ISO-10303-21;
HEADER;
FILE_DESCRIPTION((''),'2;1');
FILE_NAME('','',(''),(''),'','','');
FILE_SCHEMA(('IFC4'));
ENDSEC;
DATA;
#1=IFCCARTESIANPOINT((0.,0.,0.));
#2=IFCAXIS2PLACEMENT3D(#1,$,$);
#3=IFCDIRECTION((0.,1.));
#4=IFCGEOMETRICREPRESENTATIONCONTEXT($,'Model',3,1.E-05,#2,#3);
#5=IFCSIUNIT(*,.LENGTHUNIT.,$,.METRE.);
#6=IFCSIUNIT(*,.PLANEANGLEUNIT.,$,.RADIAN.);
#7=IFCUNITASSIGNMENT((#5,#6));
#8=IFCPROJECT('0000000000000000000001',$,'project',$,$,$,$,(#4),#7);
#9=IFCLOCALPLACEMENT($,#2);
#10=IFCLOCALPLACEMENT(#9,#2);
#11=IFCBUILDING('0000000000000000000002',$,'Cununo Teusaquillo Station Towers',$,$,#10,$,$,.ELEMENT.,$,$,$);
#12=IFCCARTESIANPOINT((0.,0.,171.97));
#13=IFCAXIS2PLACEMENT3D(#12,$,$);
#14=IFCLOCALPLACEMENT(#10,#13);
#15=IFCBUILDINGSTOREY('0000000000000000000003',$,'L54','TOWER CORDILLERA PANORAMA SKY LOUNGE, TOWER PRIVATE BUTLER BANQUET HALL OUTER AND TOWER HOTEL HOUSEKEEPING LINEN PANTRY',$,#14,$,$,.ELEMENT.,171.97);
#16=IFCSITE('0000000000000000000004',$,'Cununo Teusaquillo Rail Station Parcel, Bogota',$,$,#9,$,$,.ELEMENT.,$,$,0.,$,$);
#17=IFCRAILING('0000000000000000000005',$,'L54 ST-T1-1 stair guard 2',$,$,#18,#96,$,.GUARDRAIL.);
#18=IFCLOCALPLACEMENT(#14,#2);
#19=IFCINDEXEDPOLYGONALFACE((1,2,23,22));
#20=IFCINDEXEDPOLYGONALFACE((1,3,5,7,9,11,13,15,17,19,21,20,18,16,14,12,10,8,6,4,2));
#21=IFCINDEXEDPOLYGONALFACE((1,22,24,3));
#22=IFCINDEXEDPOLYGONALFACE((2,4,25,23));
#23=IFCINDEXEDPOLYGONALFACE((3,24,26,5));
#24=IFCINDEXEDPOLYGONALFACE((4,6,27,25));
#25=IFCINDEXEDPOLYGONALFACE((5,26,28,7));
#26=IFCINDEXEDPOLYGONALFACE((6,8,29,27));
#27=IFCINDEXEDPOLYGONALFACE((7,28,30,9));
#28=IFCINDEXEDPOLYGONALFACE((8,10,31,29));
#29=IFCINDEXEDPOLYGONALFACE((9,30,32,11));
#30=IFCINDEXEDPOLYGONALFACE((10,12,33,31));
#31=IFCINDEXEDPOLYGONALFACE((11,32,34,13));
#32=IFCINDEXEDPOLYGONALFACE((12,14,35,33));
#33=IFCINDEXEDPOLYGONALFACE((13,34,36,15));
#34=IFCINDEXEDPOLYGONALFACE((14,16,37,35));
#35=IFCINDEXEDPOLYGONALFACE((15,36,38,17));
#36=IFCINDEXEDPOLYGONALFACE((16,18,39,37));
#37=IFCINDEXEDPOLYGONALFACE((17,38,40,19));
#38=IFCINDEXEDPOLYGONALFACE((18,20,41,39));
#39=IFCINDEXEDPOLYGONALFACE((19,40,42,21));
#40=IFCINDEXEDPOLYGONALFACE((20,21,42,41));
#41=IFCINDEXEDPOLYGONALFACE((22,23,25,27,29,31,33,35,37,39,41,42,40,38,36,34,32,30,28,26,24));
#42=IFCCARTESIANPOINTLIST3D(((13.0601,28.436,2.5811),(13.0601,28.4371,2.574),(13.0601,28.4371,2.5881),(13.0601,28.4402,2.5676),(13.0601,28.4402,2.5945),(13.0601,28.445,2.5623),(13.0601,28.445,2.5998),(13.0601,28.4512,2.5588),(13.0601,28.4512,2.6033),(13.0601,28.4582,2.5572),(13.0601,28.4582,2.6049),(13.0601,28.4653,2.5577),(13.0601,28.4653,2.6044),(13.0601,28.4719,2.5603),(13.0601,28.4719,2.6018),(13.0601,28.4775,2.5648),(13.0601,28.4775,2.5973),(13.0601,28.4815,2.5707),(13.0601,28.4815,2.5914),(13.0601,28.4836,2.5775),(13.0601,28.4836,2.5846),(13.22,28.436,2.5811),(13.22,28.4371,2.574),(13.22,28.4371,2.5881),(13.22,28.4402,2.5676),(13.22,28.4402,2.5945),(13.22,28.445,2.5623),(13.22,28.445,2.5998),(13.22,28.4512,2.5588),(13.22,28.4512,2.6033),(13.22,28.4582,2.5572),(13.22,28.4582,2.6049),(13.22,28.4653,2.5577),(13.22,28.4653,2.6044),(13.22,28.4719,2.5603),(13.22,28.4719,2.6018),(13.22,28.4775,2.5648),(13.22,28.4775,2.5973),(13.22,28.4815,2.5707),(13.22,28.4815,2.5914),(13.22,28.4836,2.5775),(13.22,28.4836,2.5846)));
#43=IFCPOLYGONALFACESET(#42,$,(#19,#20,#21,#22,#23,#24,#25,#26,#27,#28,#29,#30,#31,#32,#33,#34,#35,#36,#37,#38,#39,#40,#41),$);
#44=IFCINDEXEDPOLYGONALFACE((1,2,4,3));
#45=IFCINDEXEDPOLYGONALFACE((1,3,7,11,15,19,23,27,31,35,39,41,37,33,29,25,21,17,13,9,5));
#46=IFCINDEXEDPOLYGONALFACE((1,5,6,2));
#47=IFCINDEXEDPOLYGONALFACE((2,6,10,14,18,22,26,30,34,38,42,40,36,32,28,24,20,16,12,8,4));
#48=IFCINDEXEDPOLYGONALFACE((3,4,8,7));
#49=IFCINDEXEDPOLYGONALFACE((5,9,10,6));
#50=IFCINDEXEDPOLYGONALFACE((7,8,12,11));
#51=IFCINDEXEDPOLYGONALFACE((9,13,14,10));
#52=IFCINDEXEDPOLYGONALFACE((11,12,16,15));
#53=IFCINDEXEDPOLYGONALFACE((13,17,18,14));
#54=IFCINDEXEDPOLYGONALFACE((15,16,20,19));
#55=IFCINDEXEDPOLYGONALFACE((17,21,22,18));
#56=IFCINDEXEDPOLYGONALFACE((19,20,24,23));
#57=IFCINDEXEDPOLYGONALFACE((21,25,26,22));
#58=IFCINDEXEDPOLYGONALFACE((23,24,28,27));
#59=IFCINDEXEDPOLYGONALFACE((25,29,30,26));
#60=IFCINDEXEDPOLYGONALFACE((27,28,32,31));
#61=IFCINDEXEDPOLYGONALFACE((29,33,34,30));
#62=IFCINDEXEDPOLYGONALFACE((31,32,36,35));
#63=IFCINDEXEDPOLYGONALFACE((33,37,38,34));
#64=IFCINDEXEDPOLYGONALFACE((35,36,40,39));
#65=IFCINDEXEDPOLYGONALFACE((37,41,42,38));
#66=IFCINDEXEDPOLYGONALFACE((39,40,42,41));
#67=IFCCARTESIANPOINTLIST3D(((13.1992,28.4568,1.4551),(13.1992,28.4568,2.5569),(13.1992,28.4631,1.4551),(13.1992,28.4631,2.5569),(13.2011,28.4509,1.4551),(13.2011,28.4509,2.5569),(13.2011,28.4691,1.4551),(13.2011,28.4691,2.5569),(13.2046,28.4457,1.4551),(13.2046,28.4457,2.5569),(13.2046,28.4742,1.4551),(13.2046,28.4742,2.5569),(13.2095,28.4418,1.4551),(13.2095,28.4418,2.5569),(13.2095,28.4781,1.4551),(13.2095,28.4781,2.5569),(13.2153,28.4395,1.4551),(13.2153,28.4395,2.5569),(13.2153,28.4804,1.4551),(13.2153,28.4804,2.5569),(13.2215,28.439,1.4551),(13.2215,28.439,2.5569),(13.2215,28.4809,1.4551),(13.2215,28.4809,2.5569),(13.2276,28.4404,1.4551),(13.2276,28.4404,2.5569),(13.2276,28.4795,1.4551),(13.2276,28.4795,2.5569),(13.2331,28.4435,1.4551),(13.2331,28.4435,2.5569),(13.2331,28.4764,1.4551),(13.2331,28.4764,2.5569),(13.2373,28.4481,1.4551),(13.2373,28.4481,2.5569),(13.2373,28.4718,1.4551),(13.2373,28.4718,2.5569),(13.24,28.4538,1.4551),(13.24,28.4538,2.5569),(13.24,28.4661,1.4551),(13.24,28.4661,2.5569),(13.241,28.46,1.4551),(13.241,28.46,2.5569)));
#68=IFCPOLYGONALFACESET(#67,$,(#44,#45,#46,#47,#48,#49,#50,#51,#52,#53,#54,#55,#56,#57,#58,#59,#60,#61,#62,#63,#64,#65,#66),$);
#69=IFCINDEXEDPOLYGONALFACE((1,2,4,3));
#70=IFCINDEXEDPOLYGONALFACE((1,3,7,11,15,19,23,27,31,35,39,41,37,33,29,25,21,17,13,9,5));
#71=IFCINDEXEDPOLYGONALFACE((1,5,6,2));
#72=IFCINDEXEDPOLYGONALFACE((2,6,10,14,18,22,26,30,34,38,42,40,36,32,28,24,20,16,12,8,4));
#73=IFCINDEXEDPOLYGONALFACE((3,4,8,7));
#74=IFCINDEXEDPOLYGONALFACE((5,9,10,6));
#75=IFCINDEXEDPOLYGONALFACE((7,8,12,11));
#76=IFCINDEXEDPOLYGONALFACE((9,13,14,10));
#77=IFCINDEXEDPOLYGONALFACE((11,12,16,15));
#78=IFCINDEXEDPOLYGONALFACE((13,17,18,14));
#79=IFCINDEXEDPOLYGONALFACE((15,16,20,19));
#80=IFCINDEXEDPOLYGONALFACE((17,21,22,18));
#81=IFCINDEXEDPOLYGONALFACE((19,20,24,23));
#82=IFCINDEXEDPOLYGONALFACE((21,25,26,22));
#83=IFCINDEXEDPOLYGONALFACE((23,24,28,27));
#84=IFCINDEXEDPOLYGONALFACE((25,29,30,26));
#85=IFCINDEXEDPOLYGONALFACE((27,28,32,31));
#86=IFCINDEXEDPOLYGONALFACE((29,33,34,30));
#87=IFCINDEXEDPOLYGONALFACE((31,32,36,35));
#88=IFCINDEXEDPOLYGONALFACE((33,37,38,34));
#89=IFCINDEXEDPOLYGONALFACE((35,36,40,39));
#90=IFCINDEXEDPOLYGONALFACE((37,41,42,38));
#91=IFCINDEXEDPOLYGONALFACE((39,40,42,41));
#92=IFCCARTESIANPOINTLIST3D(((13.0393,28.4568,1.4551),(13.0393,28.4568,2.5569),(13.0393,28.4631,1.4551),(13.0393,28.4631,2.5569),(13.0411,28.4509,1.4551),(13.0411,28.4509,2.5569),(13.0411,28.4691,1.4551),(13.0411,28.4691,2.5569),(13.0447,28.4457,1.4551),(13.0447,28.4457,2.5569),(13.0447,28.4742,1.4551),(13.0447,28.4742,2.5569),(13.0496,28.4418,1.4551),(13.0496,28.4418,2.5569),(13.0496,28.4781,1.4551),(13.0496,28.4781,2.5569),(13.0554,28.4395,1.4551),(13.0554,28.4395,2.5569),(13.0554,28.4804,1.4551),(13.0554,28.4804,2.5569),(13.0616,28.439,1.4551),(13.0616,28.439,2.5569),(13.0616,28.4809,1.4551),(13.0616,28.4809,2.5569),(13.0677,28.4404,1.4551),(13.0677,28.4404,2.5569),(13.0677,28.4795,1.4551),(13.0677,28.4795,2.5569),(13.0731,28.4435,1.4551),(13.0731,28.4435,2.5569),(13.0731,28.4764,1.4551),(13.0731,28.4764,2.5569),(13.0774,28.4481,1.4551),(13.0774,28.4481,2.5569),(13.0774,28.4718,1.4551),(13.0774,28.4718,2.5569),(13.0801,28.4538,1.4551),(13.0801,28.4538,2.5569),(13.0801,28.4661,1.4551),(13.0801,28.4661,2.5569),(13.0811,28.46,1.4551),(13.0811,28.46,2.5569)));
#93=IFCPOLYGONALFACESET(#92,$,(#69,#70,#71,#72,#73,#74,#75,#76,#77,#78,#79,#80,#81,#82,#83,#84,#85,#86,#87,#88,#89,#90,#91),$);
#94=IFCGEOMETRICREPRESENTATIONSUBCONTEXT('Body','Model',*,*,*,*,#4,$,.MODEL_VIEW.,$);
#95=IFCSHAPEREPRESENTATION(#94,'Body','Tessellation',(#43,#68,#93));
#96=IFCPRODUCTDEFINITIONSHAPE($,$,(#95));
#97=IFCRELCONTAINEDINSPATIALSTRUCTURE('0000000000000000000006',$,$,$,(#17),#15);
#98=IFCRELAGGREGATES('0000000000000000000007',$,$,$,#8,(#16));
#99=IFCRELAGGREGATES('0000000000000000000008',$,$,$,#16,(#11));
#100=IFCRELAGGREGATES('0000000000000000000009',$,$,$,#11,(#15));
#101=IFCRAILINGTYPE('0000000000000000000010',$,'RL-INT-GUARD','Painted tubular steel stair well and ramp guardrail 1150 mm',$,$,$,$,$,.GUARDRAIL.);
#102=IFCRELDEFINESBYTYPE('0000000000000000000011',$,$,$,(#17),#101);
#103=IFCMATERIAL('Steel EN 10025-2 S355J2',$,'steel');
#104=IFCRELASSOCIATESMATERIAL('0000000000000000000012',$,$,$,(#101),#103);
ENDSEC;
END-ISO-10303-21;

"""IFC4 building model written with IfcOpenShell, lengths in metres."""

from ifc_helpers import new_model, si_unit, direction, frame, origin, origin_2d, place, context, subcontext, project, spatial, circle, extrude, material, type_object, element, save


model = new_model("IFC4")

# Units and contexts
model_context = context("Model", 3, precision=1e-05, world=origin(), true_north=direction((0.0, 1.0)))
body_context = subcontext(model_context, "Body", "Model", "MODEL_VIEW")
ifc_project = project(units=[si_unit("LENGTHUNIT", "METRE"), si_unit("PLANEANGLEUNIT", "RADIAN")], contexts=[model_context])

# Site, building, storey
site_placement = place(None, origin())
site = spatial("IfcSite", under=ifc_project, at=site_placement, Name="Cununo Teusaquillo Rail Station Parcel, Bogota", CompositionType="ELEMENT", RefElevation=0.0)
building_placement = place(site_placement, origin())
building = spatial("IfcBuilding", under=site, at=building_placement, Name="Cununo Teusaquillo Station Towers", CompositionType="ELEMENT")
storey_placement = place(building_placement, frame((0.0, 0.0, 171.97)))
storey = spatial("IfcBuildingStorey", under=building, at=storey_placement, Name="L54", Description="TOWER CORDILLERA PANORAMA SKY LOUNGE, TOWER PRIVATE BUTLER BANQUET HALL OUTER AND TOWER HOTEL HOUSEKEEPING LINEN PANTRY", CompositionType="ELEMENT", Elevation=171.97)

# Railing
ifc_material_1 = material(Name="Steel EN 10025-2 S355J2", Category="steel")
railing_type_1 = type_object("IfcRailingType", Name="RL-INT-GUARD", Description="Painted tubular steel stair well and ramp guardrail 1150 mm", PredefinedType="GUARDRAIL", material=ifc_material_1)
railing_1_placement = place(storey_placement, frame((13.22, 28.46, 1.4551)))
element("IfcRailing", 1, at=railing_1_placement, inside=storey, type_object=railing_type_1, Name="L54 ST-T1-1 stair guard 2", PredefinedType="GUARDRAIL", context=body_context, shape_type="SweptSolid", body=[
    extrude(circle(Radius=0.0239, at=origin_2d()), frame((0.0, 0.0, 1.126), z_axis=(-1.0, 0.0, 0.0), x_axis=(0.0, -1.0, 0.0)), (0.0, 0.0, 1.0), 0.1599),
    extrude(circle(Radius=0.021, at=origin_2d()), origin(), (0.0, 0.0, 1.0), 1.1018),
    extrude(circle(Radius=0.021, at=origin_2d()), frame((-0.1599, 0.0, 0.0)), (0.0, 0.0, 1.0), 1.1018),
])

save(model, "model.ifc")
